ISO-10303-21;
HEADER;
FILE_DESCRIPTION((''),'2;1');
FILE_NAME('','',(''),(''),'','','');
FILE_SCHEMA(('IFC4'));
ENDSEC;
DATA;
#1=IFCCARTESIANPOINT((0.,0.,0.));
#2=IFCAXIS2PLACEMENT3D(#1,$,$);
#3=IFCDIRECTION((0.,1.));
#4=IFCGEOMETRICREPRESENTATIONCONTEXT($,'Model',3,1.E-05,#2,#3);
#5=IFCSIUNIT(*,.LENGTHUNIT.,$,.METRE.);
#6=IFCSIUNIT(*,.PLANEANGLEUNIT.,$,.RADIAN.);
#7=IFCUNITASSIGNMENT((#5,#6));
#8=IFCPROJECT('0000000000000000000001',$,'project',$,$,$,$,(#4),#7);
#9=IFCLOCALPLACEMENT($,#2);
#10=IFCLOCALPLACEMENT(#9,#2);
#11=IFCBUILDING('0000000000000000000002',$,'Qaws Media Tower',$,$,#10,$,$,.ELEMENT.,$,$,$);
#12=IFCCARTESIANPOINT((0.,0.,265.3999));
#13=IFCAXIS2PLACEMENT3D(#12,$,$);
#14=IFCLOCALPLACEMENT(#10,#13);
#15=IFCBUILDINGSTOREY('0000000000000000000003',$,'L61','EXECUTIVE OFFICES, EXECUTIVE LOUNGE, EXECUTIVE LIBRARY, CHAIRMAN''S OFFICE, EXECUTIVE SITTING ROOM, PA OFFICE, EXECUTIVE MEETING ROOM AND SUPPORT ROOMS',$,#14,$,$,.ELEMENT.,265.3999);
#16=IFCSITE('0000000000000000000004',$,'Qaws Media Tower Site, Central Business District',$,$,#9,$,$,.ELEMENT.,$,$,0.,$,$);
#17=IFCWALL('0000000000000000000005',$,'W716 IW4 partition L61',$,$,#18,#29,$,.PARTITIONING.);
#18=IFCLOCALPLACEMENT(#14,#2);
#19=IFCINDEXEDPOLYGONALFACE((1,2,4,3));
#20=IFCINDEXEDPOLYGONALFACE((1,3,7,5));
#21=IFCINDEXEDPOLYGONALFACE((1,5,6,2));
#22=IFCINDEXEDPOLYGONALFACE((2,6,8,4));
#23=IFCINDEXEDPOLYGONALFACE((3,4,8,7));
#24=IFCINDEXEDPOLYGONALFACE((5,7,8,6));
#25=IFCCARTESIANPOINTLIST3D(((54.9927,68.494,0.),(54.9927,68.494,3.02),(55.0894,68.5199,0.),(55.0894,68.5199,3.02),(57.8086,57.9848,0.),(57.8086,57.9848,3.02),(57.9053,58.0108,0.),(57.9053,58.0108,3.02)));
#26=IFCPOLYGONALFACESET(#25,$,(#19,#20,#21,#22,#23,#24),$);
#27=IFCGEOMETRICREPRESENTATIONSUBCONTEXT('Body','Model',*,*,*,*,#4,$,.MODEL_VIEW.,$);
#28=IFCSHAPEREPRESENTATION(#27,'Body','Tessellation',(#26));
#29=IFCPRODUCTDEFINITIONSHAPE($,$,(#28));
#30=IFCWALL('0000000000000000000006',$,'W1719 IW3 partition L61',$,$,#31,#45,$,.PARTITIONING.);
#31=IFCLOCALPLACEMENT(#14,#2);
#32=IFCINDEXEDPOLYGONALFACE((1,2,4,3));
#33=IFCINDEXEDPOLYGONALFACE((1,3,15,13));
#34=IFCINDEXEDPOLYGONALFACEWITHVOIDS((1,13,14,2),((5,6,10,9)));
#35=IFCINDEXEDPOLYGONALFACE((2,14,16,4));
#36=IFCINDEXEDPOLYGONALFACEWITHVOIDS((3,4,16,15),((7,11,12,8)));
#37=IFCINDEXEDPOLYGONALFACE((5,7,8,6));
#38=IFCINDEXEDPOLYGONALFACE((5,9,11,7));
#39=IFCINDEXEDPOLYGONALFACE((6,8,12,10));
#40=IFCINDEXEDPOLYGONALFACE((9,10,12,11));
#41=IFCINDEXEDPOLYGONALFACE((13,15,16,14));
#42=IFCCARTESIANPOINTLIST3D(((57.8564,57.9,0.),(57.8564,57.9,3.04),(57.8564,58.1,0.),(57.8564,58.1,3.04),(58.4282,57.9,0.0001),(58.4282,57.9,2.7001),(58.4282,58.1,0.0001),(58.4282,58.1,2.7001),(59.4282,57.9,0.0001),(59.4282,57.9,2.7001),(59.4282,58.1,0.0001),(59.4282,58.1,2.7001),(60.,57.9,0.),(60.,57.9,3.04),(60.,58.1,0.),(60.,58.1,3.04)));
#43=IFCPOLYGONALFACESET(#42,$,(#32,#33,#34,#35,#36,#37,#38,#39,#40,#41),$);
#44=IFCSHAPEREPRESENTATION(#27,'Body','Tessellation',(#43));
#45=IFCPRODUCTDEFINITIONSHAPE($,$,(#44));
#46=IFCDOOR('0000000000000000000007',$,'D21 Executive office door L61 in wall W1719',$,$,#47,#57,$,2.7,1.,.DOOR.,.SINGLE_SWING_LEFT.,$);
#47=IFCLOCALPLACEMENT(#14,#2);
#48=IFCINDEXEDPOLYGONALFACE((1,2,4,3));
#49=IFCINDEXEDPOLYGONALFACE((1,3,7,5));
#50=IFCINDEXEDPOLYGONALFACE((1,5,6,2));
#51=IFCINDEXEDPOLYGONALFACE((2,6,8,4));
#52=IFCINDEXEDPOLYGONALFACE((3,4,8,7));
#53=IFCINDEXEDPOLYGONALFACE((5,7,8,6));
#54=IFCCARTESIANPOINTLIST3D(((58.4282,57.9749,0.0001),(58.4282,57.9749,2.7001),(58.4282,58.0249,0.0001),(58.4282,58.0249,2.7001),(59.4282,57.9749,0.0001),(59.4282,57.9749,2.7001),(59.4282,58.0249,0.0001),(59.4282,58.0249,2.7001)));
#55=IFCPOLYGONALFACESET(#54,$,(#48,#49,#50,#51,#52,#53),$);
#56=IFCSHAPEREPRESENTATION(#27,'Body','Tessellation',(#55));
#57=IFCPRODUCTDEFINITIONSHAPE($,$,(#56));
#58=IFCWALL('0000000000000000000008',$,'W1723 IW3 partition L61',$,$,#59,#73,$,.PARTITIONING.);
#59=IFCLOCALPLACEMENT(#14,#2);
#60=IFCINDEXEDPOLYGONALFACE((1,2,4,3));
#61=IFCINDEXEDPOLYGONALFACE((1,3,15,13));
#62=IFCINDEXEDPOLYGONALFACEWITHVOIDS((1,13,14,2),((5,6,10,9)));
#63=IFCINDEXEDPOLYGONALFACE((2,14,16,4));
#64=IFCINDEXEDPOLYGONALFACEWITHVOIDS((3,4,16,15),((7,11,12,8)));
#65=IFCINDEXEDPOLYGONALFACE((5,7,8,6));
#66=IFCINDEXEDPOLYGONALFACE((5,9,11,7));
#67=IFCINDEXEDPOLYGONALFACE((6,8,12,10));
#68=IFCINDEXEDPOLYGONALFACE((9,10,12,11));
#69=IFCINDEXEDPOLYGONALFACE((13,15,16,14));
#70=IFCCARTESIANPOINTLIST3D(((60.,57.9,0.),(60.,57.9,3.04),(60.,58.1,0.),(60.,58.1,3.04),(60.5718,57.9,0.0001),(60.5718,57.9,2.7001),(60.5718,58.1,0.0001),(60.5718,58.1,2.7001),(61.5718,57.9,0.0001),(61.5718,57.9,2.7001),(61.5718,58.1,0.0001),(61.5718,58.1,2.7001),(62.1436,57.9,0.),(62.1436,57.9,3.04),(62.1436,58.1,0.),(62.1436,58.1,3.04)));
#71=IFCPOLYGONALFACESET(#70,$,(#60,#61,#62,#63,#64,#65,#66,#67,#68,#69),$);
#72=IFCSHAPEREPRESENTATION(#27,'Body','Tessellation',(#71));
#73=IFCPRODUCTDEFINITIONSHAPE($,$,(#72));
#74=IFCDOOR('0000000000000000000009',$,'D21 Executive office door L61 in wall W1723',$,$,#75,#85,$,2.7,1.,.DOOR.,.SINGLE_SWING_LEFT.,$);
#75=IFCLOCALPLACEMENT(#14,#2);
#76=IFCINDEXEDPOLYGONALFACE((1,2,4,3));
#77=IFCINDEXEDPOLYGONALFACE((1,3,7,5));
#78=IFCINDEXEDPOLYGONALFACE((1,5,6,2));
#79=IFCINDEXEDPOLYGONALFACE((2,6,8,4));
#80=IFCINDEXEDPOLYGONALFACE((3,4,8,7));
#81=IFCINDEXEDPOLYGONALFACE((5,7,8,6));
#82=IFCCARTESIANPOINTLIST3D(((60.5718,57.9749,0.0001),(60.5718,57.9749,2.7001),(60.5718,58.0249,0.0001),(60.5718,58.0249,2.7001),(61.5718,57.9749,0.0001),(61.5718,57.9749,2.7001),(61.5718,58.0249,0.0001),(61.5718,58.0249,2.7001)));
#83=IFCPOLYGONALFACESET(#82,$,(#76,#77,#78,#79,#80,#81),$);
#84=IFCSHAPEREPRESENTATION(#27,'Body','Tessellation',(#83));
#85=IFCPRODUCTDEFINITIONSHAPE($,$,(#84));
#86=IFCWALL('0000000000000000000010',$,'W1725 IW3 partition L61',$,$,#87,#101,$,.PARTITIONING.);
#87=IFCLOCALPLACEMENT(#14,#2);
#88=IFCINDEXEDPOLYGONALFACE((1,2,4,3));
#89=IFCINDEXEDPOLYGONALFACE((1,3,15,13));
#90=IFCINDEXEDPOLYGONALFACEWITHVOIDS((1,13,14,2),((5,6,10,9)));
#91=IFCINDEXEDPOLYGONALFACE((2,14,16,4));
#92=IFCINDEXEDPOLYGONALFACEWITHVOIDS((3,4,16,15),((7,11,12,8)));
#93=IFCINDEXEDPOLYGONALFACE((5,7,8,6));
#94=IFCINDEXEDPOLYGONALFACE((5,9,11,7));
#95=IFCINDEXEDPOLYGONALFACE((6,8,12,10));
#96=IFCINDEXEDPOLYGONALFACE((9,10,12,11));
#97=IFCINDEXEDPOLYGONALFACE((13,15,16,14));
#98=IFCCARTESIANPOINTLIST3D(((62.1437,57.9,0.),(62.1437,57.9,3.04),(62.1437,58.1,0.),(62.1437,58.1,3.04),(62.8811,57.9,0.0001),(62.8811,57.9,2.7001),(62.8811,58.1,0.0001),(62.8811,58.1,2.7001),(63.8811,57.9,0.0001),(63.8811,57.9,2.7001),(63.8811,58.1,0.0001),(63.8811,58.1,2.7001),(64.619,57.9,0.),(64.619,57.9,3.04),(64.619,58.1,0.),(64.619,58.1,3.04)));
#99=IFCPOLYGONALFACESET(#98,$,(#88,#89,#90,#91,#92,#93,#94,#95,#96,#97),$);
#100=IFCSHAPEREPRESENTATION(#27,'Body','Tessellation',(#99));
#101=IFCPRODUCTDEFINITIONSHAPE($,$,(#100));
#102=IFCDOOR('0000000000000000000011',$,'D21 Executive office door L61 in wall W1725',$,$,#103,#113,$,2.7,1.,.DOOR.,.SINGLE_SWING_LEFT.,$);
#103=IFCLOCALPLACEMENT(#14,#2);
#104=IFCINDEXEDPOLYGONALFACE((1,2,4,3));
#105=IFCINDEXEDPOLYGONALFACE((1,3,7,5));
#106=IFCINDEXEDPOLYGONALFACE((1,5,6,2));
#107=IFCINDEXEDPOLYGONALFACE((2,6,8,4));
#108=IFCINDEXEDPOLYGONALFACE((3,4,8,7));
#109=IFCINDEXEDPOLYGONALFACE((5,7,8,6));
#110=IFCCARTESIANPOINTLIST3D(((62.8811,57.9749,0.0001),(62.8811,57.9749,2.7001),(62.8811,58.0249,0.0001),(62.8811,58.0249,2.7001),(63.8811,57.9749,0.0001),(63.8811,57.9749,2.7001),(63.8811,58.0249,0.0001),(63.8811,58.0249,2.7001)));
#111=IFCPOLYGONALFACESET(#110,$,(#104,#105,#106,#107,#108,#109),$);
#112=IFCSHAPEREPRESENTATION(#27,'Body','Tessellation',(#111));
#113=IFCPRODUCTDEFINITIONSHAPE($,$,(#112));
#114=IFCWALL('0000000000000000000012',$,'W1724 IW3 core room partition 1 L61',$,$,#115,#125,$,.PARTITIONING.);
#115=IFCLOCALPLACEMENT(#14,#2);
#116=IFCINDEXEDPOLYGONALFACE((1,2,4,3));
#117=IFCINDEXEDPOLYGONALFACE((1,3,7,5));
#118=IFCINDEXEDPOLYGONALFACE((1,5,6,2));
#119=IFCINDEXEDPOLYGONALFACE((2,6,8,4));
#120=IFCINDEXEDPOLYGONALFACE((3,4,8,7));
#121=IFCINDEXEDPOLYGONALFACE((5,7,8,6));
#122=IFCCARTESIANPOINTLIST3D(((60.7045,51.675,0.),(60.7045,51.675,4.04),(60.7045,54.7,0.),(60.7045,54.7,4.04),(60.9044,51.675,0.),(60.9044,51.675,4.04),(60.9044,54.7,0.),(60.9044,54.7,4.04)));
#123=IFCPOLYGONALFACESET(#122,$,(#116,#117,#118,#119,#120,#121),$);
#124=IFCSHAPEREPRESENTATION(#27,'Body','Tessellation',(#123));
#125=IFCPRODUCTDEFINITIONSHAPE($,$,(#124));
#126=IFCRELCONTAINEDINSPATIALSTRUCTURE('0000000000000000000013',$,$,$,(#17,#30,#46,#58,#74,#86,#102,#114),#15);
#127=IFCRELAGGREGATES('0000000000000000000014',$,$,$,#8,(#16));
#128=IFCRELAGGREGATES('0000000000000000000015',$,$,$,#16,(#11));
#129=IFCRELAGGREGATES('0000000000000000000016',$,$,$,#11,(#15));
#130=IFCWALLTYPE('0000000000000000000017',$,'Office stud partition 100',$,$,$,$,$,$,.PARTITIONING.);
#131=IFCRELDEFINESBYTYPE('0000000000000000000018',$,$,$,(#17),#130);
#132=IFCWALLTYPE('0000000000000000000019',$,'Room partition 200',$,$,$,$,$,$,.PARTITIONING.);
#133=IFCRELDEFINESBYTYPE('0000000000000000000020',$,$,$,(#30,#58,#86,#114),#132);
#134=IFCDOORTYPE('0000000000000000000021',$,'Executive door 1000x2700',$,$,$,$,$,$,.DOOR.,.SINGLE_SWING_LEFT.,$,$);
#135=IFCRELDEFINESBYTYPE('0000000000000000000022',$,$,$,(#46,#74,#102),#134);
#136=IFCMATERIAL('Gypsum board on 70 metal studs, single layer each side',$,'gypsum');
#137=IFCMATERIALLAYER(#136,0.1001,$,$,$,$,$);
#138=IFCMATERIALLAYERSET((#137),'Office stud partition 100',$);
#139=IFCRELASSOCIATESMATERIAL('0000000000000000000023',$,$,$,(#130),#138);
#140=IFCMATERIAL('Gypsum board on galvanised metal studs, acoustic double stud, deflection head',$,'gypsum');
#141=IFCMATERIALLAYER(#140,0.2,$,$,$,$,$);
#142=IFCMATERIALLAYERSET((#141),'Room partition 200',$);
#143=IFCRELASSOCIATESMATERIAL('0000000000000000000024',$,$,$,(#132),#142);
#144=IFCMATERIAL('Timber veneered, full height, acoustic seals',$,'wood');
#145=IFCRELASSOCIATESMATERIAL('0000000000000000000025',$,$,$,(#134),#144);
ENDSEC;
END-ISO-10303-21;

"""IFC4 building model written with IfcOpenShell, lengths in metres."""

from ifc_helpers import new_model, si_unit, direction, frame, frame_2d, origin, place, context, subcontext, project, spatial, rectangle, extrude, material, layer, layer_set, type_object, element, fill, save


model = new_model("IFC4")

# Units and contexts
model_context = context("Model", 3, precision=1e-05, world=origin(), true_north=direction((0.0, 1.0)))
body_context = subcontext(model_context, "Body", "Model", "MODEL_VIEW")
ifc_project = project(units=[si_unit("LENGTHUNIT", "METRE"), si_unit("PLANEANGLEUNIT", "RADIAN")], contexts=[model_context])

# Site, building, storey
site_placement = place(None, origin())
site = spatial("IfcSite", under=ifc_project, at=site_placement, Name="Qaws Media Tower Site, Central Business District", CompositionType="ELEMENT", RefElevation=0.0)
building_placement = place(site_placement, origin())
building = spatial("IfcBuilding", under=site, at=building_placement, Name="Qaws Media Tower", CompositionType="ELEMENT")
storey_placement = place(building_placement, frame((0.0, 0.0, 265.3999)))
storey = spatial("IfcBuildingStorey", under=building, at=storey_placement, Name="L61", Description="EXECUTIVE OFFICES, EXECUTIVE LOUNGE, EXECUTIVE LIBRARY, CHAIRMAN'S OFFICE, EXECUTIVE SITTING ROOM, PA OFFICE, EXECUTIVE MEETING ROOM AND SUPPORT ROOMS", CompositionType="ELEMENT", Elevation=265.3999)

# Wall
ifc_material_1 = material(Name="Gypsum board on 70 metal studs, single layer each side", Category="gypsum")
ifc_layer_1 = layer(ifc_material_1, 0.1001)
ifc_layer_set_1 = layer_set([ifc_layer_1], Name="Office stud partition 100")
wall_type_1 = type_object("IfcWallType", Name="Office stud partition 100", PredefinedType="PARTITIONING", material=ifc_layer_set_1)
wall_1_placement = place(storey_placement, frame((57.8569, 57.9978, 0.0), z_axis=(0.0, 0.0, 1.0), x_axis=(-0.258816, 0.965927, 0.0)))
element("IfcWall", 1, at=wall_1_placement, inside=storey, type_object=wall_type_1, Name="W716 IW4 partition L61", PredefinedType="PARTITIONING", context=body_context, shape_type="SweptSolid", body=[
    extrude(rectangle(XDim=10.8799, YDim=0.1001, at=frame_2d((5.4399, 0.0))), origin(), (0.0, 0.0, 1.0), 3.02),
])

# Walls, openings, doors
ifc_material_2 = material(Name="Gypsum board on galvanised metal studs, acoustic double stud, deflection head", Category="gypsum")
ifc_layer_2 = layer(ifc_material_2, 0.2)
ifc_layer_set_2 = layer_set([ifc_layer_2], Name="Room partition 200")
wall_type_2 = type_object("IfcWallType", Name="Room partition 200", PredefinedType="PARTITIONING", material=ifc_layer_set_2)
wall_2_placement = place(storey_placement, frame((57.8564, 58.0, 0.0), z_axis=(0.0, 0.0, 1.0), x_axis=(1.0, 0.0, 0.0)))
wall_2 = element("IfcWall", 2, at=wall_2_placement, inside=storey, type_object=wall_type_2, Name="W1719 IW3 partition L61", PredefinedType="PARTITIONING", context=body_context, shape_type="SweptSolid", body=[
    extrude(rectangle(XDim=2.1436, YDim=0.2, at=frame_2d((1.0718, 0.0))), origin(), (0.0, 0.0, 1.0), 3.04),
])
opening_1_placement = place(wall_2_placement, frame((0.5718, 0.0, 0.0)))
opening_1 = element("IfcOpeningElement", 3, at=opening_1_placement, cuts=wall_2, PredefinedType="OPENING", context=body_context, shape_type="SweptSolid", body=[
    extrude(rectangle(XDim=1.0, YDim=2.7, at=frame_2d((0.5, 1.3501))), frame((0.0, 0.1099, 0.0), z_axis=(0.0, -1.0, 0.0), x_axis=(1.0, 0.0, 0.0)), (0.0, 0.0, 1.0), 0.22),
])
ifc_material_3 = material(Name="Timber veneered, full height, acoustic seals", Category="wood")
door_type = type_object("IfcDoorType", Name="Executive door 1000x2700", OperationType="SINGLE_SWING_LEFT", PredefinedType="DOOR", material=ifc_material_3)
door_1_placement = place(opening_1_placement, origin())
door_1 = element("IfcDoor", 4, at=door_1_placement, inside=storey, type_object=door_type, Name="D21 Executive office door L61 in wall W1719", OperationType="SINGLE_SWING_LEFT", OverallHeight=2.7, OverallWidth=1.0, PredefinedType="DOOR", context=body_context, shape_type="SweptSolid", body=[
    extrude(rectangle(XDim=1.0, YDim=2.7, at=frame_2d((0.5, 1.3501))), frame((0.0, 0.0249, 0.0), z_axis=(0.0, -1.0, 0.0), x_axis=(1.0, 0.0, 0.0)), (0.0, 0.0, 1.0), 0.05),
])
fill(opening_1, door_1)
wall_3_placement = place(storey_placement, frame((60.0, 58.0, 0.0), z_axis=(0.0, 0.0, 1.0), x_axis=(1.0, 0.0, 0.0)))
wall_3 = element("IfcWall", 5, at=wall_3_placement, inside=storey, type_object=wall_type_2, Name="W1723 IW3 partition L61", PredefinedType="PARTITIONING", context=body_context, shape_type="SweptSolid", body=[
    extrude(rectangle(XDim=2.1436, YDim=0.2, at=frame_2d((1.0718, 0.0))), origin(), (0.0, 0.0, 1.0), 3.04),
])
opening_2_placement = place(wall_3_placement, frame((0.5718, 0.0, 0.0)))
opening_2 = element("IfcOpeningElement", 6, at=opening_2_placement, cuts=wall_3, PredefinedType="OPENING", context=body_context, shape_type="SweptSolid", body=[
    extrude(rectangle(XDim=1.0, YDim=2.7, at=frame_2d((0.5, 1.3501))), frame((0.0, 0.1099, 0.0), z_axis=(0.0, -1.0, 0.0), x_axis=(1.0, 0.0, 0.0)), (0.0, 0.0, 1.0), 0.22),
])
door_2_placement = place(opening_2_placement, origin())
door_2 = element("IfcDoor", 7, at=door_2_placement, inside=storey, type_object=door_type, Name="D21 Executive office door L61 in wall W1723", OperationType="SINGLE_SWING_LEFT", OverallHeight=2.7, OverallWidth=1.0, PredefinedType="DOOR", context=body_context, shape_type="SweptSolid", body=[
    extrude(rectangle(XDim=1.0, YDim=2.7, at=frame_2d((0.5, 1.3501))), frame((0.0, 0.0249, 0.0), z_axis=(0.0, -1.0, 0.0), x_axis=(1.0, 0.0, 0.0)), (0.0, 0.0, 1.0), 0.05),
])
fill(opening_2, door_2)
wall_4_placement = place(storey_placement, frame((62.1436, 58.0, 0.0), z_axis=(0.0, 0.0, 1.0), x_axis=(1.0, 0.0, 0.0)))
wall_4 = element("IfcWall", 8, at=wall_4_placement, inside=storey, type_object=wall_type_2, Name="W1725 IW3 partition L61", PredefinedType="PARTITIONING", context=body_context, shape_type="SweptSolid", body=[
    extrude(rectangle(XDim=2.4753, YDim=0.2, at=frame_2d((1.2378, 0.0))), origin(), (0.0, 0.0, 1.0), 3.04),
])
opening_3_placement = place(wall_4_placement, frame((0.7375, 0.0, 0.0)))
opening_3 = element("IfcOpeningElement", 9, at=opening_3_placement, cuts=wall_4, PredefinedType="OPENING", context=body_context, shape_type="SweptSolid", body=[
    extrude(rectangle(XDim=1.0, YDim=2.7, at=frame_2d((0.5, 1.3501))), frame((0.0, 0.1099, 0.0), z_axis=(0.0, -1.0, 0.0), x_axis=(1.0, 0.0, 0.0)), (0.0, 0.0, 1.0), 0.22),
])
door_3_placement = place(opening_3_placement, origin())
door_3 = element("IfcDoor", 10, at=door_3_placement, inside=storey, type_object=door_type, Name="D21 Executive office door L61 in wall W1725", OperationType="SINGLE_SWING_LEFT", OverallHeight=2.7, OverallWidth=1.0, PredefinedType="DOOR", context=body_context, shape_type="SweptSolid", body=[
    extrude(rectangle(XDim=1.0, YDim=2.7, at=frame_2d((0.5, 1.3501))), frame((0.0, 0.0249, 0.0), z_axis=(0.0, -1.0, 0.0), x_axis=(1.0, 0.0, 0.0)), (0.0, 0.0, 1.0), 0.05),
])
fill(opening_3, door_3)

# Wall
wall_5_placement = place(storey_placement, frame((60.8044, 51.675, 0.0), z_axis=(0.0, 0.0, 1.0), x_axis=(0.0, 1.0, 0.0)))
element("IfcWall", 11, at=wall_5_placement, inside=storey, type_object=wall_type_2, Name="W1724 IW3 core room partition 1 L61", PredefinedType="PARTITIONING", context=body_context, shape_type="SweptSolid", body=[
    extrude(rectangle(XDim=3.0249, YDim=0.2, at=frame_2d((1.5125, 0.0))), origin(), (0.0, 0.0, 1.0), 4.04),
])

save(model, "model.ifc")
